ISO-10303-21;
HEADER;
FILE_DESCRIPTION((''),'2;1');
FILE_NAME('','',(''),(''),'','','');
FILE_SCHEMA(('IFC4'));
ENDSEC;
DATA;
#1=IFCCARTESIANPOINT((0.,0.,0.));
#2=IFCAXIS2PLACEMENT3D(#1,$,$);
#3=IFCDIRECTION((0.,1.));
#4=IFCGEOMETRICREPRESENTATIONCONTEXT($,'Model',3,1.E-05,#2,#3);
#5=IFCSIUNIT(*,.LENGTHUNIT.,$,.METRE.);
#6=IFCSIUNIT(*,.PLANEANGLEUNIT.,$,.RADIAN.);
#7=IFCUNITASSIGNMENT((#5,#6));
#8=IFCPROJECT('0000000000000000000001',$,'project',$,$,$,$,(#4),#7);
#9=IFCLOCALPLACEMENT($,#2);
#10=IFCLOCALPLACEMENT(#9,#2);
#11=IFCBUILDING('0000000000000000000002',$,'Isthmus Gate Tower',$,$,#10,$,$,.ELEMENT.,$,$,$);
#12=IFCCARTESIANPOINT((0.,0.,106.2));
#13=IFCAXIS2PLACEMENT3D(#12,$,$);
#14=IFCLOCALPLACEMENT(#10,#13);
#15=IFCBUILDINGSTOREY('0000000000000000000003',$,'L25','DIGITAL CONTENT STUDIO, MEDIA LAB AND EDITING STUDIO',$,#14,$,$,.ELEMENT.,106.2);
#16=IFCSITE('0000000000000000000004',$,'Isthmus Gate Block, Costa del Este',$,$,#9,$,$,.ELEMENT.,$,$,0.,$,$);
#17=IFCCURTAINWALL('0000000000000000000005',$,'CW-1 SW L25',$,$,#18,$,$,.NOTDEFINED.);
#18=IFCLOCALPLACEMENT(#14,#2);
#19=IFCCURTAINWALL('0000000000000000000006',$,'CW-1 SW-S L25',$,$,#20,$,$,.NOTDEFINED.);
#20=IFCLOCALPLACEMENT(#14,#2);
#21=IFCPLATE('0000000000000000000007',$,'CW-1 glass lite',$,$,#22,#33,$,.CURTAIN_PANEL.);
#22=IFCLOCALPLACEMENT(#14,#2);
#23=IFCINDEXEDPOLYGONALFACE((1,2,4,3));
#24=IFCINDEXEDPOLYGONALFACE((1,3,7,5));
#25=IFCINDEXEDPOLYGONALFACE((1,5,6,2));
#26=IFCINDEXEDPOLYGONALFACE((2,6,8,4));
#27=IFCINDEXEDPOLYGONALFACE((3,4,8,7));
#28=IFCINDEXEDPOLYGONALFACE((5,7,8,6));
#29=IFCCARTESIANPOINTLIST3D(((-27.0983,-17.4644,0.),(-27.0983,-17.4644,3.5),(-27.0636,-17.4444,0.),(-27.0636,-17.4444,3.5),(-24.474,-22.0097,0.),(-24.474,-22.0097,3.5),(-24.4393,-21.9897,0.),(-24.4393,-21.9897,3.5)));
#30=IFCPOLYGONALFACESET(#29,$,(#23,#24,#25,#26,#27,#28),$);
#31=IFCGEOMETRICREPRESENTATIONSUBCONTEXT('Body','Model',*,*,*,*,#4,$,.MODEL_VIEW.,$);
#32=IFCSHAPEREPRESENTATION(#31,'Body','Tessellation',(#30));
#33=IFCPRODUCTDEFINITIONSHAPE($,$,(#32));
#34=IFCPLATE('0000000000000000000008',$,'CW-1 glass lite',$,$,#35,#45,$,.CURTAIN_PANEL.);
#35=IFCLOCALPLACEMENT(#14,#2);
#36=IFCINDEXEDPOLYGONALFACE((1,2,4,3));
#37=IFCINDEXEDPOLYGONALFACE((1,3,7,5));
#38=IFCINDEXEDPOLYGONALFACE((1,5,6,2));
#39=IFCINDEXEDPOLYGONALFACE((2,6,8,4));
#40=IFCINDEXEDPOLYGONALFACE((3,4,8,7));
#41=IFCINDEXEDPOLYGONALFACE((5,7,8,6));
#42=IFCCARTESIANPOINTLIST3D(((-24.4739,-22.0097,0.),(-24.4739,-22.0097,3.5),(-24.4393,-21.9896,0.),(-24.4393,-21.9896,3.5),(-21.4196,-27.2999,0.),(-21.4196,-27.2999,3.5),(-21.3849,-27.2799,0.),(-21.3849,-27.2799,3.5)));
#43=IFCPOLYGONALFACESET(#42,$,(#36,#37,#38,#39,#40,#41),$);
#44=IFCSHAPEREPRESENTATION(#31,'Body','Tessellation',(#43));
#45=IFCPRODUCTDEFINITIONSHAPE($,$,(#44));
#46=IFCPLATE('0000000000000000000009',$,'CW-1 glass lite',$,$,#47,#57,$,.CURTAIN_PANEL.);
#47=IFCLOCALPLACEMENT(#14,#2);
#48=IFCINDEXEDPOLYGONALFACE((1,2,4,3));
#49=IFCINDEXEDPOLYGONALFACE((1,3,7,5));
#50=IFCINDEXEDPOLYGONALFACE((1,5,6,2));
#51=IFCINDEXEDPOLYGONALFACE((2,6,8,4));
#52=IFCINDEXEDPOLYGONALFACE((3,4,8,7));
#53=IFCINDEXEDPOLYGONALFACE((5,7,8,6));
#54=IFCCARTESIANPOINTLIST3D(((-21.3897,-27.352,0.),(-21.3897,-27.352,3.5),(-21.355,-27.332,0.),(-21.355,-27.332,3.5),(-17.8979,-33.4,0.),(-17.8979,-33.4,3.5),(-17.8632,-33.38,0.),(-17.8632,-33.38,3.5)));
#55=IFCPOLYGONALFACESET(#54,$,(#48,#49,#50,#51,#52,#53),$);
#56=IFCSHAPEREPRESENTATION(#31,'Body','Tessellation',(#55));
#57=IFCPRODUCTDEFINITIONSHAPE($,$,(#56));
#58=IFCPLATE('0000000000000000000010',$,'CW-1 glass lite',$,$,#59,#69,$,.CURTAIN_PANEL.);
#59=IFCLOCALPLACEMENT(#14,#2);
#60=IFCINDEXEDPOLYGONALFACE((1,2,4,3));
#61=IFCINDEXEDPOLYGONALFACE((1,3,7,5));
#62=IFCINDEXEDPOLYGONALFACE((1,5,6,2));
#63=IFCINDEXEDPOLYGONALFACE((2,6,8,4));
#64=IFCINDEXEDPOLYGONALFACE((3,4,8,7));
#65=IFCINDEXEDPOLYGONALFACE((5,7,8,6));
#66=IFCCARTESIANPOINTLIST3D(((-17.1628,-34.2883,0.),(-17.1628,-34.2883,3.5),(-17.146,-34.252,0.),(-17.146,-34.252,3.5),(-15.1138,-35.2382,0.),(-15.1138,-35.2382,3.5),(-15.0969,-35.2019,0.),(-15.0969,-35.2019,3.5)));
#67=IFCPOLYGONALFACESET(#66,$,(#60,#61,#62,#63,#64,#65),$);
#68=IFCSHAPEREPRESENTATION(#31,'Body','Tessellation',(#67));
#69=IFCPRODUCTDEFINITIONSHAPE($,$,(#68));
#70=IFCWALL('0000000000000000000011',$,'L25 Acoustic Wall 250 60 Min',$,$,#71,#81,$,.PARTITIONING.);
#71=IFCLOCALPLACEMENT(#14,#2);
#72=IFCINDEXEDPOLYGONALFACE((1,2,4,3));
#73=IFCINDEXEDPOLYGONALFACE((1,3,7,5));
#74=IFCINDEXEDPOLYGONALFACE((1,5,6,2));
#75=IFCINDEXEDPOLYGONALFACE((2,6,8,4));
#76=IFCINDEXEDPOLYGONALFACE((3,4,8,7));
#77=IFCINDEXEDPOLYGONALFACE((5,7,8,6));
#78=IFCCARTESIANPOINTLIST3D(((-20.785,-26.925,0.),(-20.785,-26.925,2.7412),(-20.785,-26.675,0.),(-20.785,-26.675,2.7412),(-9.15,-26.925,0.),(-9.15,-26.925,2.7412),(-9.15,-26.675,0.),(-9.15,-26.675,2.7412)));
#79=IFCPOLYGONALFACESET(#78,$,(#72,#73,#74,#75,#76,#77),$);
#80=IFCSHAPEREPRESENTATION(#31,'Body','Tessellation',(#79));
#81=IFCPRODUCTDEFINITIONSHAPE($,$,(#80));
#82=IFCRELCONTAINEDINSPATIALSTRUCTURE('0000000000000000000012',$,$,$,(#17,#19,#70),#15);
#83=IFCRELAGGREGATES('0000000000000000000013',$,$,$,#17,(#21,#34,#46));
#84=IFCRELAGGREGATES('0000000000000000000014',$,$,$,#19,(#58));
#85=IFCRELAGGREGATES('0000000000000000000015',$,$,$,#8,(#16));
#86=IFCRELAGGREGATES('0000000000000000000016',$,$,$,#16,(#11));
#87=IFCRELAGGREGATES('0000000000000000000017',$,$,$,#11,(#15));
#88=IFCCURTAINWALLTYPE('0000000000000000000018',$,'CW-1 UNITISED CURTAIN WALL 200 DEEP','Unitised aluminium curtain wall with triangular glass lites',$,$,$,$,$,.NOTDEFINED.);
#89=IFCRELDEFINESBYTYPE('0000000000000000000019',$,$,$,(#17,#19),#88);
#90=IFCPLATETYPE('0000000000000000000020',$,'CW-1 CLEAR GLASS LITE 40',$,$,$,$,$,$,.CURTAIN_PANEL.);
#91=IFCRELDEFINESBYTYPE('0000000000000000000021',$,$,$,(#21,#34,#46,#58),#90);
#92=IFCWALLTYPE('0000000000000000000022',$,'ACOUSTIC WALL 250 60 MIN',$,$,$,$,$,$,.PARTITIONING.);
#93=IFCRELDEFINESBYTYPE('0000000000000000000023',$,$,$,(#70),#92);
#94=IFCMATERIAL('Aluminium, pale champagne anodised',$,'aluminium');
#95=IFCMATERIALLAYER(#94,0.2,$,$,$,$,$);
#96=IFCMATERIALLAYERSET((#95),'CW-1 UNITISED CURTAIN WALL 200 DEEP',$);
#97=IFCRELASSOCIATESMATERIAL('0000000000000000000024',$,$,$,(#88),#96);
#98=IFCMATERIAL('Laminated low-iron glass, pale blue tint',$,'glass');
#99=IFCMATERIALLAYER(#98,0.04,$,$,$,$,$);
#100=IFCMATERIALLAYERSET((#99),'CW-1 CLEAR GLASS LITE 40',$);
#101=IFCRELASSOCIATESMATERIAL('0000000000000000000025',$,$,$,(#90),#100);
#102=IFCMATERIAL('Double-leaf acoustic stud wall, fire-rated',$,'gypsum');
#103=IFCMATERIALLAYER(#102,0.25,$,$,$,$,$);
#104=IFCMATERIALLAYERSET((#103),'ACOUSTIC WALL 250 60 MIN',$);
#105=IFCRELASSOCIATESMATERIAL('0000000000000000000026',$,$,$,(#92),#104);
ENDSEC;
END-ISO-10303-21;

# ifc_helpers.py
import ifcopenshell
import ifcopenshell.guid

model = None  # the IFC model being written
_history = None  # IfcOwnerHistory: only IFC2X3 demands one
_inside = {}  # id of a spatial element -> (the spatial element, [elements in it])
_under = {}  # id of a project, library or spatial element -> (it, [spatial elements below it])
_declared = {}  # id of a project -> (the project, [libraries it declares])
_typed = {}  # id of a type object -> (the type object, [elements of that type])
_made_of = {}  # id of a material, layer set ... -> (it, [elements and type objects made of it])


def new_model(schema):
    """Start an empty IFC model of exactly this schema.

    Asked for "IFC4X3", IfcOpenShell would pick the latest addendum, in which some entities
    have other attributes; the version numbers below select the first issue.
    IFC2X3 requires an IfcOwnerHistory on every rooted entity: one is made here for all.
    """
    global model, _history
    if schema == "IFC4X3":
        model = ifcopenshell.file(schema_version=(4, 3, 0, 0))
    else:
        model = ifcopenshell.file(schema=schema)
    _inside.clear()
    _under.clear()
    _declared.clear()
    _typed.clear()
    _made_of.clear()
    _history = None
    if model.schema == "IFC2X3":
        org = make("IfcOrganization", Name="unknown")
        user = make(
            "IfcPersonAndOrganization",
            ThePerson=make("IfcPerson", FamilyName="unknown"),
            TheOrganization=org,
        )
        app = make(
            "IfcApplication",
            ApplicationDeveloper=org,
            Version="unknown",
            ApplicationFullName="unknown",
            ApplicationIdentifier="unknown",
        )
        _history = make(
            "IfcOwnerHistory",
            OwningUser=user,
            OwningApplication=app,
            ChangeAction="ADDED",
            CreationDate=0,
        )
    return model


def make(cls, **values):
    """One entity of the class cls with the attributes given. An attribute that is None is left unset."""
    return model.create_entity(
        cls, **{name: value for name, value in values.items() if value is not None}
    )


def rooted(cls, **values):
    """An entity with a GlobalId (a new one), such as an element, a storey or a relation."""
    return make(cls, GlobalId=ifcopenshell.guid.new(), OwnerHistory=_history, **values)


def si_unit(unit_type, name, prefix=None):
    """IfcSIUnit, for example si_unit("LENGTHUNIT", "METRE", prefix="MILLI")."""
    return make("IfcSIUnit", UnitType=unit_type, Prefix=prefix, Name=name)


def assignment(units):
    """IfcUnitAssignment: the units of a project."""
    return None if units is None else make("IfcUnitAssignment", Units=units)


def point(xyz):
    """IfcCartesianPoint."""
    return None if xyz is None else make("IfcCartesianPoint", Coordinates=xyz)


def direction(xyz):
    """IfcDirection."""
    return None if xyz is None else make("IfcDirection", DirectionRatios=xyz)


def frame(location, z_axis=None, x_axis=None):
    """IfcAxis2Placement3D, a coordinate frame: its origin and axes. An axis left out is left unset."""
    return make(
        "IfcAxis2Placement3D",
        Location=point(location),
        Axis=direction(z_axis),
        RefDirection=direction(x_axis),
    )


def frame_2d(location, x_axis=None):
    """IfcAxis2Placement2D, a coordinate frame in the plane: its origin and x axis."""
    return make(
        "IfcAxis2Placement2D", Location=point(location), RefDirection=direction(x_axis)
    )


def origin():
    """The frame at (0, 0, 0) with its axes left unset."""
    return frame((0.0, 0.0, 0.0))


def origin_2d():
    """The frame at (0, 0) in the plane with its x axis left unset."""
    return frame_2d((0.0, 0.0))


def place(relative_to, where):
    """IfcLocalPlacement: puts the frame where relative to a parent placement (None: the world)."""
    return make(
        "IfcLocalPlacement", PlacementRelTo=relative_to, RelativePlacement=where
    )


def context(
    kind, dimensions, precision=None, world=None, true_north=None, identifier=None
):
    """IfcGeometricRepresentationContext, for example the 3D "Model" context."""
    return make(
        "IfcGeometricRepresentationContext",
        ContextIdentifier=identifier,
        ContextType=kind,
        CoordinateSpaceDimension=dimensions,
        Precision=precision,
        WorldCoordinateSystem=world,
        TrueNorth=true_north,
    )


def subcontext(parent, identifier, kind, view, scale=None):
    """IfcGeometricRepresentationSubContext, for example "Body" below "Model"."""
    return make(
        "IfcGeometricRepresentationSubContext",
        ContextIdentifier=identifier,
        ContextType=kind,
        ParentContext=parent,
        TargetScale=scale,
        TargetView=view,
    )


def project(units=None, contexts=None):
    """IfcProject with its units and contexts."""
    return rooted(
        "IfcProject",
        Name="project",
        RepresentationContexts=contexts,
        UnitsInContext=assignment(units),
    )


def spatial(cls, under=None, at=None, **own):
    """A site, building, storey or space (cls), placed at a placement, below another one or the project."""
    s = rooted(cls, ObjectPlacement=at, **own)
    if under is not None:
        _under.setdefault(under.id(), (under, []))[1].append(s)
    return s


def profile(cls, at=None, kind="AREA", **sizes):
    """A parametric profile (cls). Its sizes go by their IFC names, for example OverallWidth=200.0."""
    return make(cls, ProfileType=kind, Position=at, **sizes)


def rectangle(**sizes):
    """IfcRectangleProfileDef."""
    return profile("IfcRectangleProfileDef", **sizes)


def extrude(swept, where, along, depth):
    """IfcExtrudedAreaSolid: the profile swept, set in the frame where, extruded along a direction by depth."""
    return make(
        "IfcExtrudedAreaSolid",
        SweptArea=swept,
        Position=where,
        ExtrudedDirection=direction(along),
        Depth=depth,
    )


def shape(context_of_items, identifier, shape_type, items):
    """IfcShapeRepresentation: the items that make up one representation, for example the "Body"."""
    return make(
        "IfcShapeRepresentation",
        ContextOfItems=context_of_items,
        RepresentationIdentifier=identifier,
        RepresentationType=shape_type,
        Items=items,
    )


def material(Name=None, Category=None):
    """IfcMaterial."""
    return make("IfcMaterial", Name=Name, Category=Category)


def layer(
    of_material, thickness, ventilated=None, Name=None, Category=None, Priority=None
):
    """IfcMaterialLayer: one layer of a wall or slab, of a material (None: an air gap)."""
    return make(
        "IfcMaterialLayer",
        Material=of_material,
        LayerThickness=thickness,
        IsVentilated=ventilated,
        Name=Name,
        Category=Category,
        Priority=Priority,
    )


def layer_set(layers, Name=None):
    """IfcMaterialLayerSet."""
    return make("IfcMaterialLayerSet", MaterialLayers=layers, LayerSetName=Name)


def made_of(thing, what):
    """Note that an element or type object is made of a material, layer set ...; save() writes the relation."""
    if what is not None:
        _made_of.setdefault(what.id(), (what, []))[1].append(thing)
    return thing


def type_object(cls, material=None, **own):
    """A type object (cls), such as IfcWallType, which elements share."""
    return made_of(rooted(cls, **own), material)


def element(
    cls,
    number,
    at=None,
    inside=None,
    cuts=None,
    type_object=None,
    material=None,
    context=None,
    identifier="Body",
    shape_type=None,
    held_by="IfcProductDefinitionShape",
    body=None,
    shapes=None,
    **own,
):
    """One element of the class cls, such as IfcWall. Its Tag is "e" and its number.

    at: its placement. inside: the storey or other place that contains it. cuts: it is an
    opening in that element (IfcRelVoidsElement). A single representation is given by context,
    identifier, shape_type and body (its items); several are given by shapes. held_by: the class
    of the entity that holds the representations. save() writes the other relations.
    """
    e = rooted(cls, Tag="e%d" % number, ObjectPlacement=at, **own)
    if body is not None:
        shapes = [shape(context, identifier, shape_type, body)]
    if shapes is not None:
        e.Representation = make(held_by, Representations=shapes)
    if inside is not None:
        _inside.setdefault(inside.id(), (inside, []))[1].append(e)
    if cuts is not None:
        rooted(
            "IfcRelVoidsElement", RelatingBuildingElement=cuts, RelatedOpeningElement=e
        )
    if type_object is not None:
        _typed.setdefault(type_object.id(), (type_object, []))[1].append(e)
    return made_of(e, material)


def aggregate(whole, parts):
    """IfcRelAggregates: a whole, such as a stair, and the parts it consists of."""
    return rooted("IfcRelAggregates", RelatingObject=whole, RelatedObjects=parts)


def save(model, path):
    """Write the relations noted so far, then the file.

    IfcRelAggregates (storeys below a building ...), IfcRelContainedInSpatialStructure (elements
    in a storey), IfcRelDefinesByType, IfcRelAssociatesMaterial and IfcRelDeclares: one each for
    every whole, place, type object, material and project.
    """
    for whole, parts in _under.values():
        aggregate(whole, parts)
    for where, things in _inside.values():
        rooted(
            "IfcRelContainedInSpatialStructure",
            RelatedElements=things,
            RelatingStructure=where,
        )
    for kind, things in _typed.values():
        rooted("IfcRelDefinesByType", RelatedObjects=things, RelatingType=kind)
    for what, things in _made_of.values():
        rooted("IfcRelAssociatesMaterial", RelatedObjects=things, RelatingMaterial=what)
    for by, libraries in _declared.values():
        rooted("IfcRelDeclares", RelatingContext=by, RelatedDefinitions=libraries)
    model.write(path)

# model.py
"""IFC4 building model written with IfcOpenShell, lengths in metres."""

from ifc_helpers import new_model, si_unit, direction, frame, frame_2d, origin, origin_2d, place, context, subcontext, project, spatial, rectangle, extrude, material, layer, layer_set, type_object, element, aggregate, save


model = new_model("IFC4")

# Units and contexts
model_context = context("Model", 3, precision=1e-05, world=origin(), true_north=direction((0.0, 1.0)))
body_context = subcontext(model_context, "Body", "Model", "MODEL_VIEW")
ifc_project = project(units=[si_unit("LENGTHUNIT", "METRE"), si_unit("PLANEANGLEUNIT", "RADIAN")], contexts=[model_context])

# Site, building, storey
site_placement = place(None, origin())
site = spatial("IfcSite", under=ifc_project, at=site_placement, Name="Isthmus Gate Block, Costa del Este", CompositionType="ELEMENT", RefElevation=0.0)
building_placement = place(site_placement, origin())
building = spatial("IfcBuilding", under=site, at=building_placement, Name="Isthmus Gate Tower", CompositionType="ELEMENT")
storey_placement = place(building_placement, frame((0.0, 0.0, 106.2)))
storey = spatial("IfcBuildingStorey", under=building, at=storey_placement, Name="L25", Description="DIGITAL CONTENT STUDIO, MEDIA LAB AND EDITING STUDIO", CompositionType="ELEMENT", Elevation=106.2)

# Curtain wall
ifc_material_1 = material(Name="Aluminium, pale champagne anodised", Category="aluminium")
ifc_layer_1 = layer(ifc_material_1, 0.2)
ifc_layer_set_1 = layer_set([ifc_layer_1], Name="CW-1 UNITISED CURTAIN WALL 200 DEEP")
curtain_wall_type = type_object("IfcCurtainWallType", Name="CW-1 UNITISED CURTAIN WALL 200 DEEP", Description="Unitised aluminium curtain wall with triangular glass lites", PredefinedType="NOTDEFINED", material=ifc_layer_set_1)
curtain_wall_1_placement = place(storey_placement, origin())
curtain_wall_1 = element("IfcCurtainWall", 1, at=curtain_wall_1_placement, inside=storey, type_object=curtain_wall_type, Name="CW-1 SW L25", PredefinedType="NOTDEFINED")

# Curtain wall
curtain_wall_2_placement = place(storey_placement, origin())
curtain_wall_2 = element("IfcCurtainWall", 2, at=curtain_wall_2_placement, inside=storey, type_object=curtain_wall_type, Name="CW-1 SW-S L25", PredefinedType="NOTDEFINED")

# Plates
ifc_material_2 = material(Name="Laminated low-iron glass, pale blue tint", Category="glass")
ifc_layer_2 = layer(ifc_material_2, 0.04)
ifc_layer_set_2 = layer_set([ifc_layer_2], Name="CW-1 CLEAR GLASS LITE 40")
plate_type = type_object("IfcPlateType", Name="CW-1 CLEAR GLASS LITE 40", PredefinedType="CURTAIN_PANEL", material=ifc_layer_set_2)
plate_1_placement = place(storey_placement, frame((-25.7688, -19.7271, 0.0), z_axis=(0.0, 0.0, 1.0), x_axis=(0.5, -0.866025, 0.0)))
plate_1 = element("IfcPlate", 3, at=plate_1_placement, type_object=plate_type, Name="CW-1 glass lite", PredefinedType="CURTAIN_PANEL", context=body_context, shape_type="SweptSolid", body=[
    extrude(rectangle(XDim=5.2485, YDim=0.04, at=origin_2d()), origin(), (0.0, 0.0, 1.0), 3.5),
])
plate_2_placement = place(storey_placement, frame((-22.9294, -24.6448, 0.0), z_axis=(0.0, 0.0, 1.0), x_axis=(0.5, -0.866025, 0.0)))
plate_2 = element("IfcPlate", 4, at=plate_2_placement, type_object=plate_type, Name="CW-1 glass lite", PredefinedType="CURTAIN_PANEL", context=body_context, shape_type="SweptSolid", body=[
    extrude(rectangle(XDim=6.1086, YDim=0.04, at=origin_2d()), origin(), (0.0, 0.0, 1.0), 3.5),
])
plate_3_placement = place(storey_placement, frame((-19.6265, -30.366, 0.0), z_axis=(0.0, 0.0, 1.0), x_axis=(0.5, -0.866025, 0.0)))
plate_3 = element("IfcPlate", 5, at=plate_3_placement, type_object=plate_type, Name="CW-1 glass lite", PredefinedType="CURTAIN_PANEL", context=body_context, shape_type="SweptSolid", body=[
    extrude(rectangle(XDim=6.9836, YDim=0.04, at=origin_2d()), origin(), (0.0, 0.0, 1.0), 3.5),
])
aggregate(curtain_wall_1, [plate_1, plate_2, plate_3])
plate_4_placement = place(storey_placement, frame((-16.1299, -34.7451, 0.0), z_axis=(0.0, 0.0, 1.0), x_axis=(0.907256, -0.420578, 0.0)))
plate_4 = element("IfcPlate", 6, at=plate_4_placement, type_object=plate_type, Name="CW-1 glass lite", PredefinedType="CURTAIN_PANEL", context=body_context, shape_type="SweptSolid", body=[
    extrude(rectangle(XDim=2.2585, YDim=0.04, at=origin_2d()), origin(), (0.0, 0.0, 1.0), 3.5),
])
aggregate(curtain_wall_2, [plate_4])

# Wall
ifc_material_3 = material(Name="Double-leaf acoustic stud wall, fire-rated", Category="gypsum")
ifc_layer_3 = layer(ifc_material_3, 0.25)
ifc_layer_set_3 = layer_set([ifc_layer_3], Name="ACOUSTIC WALL 250 60 MIN")
wall_type = type_object("IfcWallType", Name="ACOUSTIC WALL 250 60 MIN", PredefinedType="PARTITIONING", material=ifc_layer_set_3)
wall_placement = place(storey_placement, frame((-20.7849, -26.8, 0.0), z_axis=(0.0, 0.0, 1.0), x_axis=(1.0, 0.0, 0.0)))
element("IfcWall", 7, at=wall_placement, inside=storey, type_object=wall_type, Name="L25 Acoustic Wall 250 60 Min", PredefinedType="PARTITIONING", context=body_context, shape_type="SweptSolid", body=[
    extrude(rectangle(XDim=11.635, YDim=0.25, at=frame_2d((5.8174, 0.0))), origin(), (0.0, 0.0, 1.0), 2.7412),
])

save(model, "model.ifc")
